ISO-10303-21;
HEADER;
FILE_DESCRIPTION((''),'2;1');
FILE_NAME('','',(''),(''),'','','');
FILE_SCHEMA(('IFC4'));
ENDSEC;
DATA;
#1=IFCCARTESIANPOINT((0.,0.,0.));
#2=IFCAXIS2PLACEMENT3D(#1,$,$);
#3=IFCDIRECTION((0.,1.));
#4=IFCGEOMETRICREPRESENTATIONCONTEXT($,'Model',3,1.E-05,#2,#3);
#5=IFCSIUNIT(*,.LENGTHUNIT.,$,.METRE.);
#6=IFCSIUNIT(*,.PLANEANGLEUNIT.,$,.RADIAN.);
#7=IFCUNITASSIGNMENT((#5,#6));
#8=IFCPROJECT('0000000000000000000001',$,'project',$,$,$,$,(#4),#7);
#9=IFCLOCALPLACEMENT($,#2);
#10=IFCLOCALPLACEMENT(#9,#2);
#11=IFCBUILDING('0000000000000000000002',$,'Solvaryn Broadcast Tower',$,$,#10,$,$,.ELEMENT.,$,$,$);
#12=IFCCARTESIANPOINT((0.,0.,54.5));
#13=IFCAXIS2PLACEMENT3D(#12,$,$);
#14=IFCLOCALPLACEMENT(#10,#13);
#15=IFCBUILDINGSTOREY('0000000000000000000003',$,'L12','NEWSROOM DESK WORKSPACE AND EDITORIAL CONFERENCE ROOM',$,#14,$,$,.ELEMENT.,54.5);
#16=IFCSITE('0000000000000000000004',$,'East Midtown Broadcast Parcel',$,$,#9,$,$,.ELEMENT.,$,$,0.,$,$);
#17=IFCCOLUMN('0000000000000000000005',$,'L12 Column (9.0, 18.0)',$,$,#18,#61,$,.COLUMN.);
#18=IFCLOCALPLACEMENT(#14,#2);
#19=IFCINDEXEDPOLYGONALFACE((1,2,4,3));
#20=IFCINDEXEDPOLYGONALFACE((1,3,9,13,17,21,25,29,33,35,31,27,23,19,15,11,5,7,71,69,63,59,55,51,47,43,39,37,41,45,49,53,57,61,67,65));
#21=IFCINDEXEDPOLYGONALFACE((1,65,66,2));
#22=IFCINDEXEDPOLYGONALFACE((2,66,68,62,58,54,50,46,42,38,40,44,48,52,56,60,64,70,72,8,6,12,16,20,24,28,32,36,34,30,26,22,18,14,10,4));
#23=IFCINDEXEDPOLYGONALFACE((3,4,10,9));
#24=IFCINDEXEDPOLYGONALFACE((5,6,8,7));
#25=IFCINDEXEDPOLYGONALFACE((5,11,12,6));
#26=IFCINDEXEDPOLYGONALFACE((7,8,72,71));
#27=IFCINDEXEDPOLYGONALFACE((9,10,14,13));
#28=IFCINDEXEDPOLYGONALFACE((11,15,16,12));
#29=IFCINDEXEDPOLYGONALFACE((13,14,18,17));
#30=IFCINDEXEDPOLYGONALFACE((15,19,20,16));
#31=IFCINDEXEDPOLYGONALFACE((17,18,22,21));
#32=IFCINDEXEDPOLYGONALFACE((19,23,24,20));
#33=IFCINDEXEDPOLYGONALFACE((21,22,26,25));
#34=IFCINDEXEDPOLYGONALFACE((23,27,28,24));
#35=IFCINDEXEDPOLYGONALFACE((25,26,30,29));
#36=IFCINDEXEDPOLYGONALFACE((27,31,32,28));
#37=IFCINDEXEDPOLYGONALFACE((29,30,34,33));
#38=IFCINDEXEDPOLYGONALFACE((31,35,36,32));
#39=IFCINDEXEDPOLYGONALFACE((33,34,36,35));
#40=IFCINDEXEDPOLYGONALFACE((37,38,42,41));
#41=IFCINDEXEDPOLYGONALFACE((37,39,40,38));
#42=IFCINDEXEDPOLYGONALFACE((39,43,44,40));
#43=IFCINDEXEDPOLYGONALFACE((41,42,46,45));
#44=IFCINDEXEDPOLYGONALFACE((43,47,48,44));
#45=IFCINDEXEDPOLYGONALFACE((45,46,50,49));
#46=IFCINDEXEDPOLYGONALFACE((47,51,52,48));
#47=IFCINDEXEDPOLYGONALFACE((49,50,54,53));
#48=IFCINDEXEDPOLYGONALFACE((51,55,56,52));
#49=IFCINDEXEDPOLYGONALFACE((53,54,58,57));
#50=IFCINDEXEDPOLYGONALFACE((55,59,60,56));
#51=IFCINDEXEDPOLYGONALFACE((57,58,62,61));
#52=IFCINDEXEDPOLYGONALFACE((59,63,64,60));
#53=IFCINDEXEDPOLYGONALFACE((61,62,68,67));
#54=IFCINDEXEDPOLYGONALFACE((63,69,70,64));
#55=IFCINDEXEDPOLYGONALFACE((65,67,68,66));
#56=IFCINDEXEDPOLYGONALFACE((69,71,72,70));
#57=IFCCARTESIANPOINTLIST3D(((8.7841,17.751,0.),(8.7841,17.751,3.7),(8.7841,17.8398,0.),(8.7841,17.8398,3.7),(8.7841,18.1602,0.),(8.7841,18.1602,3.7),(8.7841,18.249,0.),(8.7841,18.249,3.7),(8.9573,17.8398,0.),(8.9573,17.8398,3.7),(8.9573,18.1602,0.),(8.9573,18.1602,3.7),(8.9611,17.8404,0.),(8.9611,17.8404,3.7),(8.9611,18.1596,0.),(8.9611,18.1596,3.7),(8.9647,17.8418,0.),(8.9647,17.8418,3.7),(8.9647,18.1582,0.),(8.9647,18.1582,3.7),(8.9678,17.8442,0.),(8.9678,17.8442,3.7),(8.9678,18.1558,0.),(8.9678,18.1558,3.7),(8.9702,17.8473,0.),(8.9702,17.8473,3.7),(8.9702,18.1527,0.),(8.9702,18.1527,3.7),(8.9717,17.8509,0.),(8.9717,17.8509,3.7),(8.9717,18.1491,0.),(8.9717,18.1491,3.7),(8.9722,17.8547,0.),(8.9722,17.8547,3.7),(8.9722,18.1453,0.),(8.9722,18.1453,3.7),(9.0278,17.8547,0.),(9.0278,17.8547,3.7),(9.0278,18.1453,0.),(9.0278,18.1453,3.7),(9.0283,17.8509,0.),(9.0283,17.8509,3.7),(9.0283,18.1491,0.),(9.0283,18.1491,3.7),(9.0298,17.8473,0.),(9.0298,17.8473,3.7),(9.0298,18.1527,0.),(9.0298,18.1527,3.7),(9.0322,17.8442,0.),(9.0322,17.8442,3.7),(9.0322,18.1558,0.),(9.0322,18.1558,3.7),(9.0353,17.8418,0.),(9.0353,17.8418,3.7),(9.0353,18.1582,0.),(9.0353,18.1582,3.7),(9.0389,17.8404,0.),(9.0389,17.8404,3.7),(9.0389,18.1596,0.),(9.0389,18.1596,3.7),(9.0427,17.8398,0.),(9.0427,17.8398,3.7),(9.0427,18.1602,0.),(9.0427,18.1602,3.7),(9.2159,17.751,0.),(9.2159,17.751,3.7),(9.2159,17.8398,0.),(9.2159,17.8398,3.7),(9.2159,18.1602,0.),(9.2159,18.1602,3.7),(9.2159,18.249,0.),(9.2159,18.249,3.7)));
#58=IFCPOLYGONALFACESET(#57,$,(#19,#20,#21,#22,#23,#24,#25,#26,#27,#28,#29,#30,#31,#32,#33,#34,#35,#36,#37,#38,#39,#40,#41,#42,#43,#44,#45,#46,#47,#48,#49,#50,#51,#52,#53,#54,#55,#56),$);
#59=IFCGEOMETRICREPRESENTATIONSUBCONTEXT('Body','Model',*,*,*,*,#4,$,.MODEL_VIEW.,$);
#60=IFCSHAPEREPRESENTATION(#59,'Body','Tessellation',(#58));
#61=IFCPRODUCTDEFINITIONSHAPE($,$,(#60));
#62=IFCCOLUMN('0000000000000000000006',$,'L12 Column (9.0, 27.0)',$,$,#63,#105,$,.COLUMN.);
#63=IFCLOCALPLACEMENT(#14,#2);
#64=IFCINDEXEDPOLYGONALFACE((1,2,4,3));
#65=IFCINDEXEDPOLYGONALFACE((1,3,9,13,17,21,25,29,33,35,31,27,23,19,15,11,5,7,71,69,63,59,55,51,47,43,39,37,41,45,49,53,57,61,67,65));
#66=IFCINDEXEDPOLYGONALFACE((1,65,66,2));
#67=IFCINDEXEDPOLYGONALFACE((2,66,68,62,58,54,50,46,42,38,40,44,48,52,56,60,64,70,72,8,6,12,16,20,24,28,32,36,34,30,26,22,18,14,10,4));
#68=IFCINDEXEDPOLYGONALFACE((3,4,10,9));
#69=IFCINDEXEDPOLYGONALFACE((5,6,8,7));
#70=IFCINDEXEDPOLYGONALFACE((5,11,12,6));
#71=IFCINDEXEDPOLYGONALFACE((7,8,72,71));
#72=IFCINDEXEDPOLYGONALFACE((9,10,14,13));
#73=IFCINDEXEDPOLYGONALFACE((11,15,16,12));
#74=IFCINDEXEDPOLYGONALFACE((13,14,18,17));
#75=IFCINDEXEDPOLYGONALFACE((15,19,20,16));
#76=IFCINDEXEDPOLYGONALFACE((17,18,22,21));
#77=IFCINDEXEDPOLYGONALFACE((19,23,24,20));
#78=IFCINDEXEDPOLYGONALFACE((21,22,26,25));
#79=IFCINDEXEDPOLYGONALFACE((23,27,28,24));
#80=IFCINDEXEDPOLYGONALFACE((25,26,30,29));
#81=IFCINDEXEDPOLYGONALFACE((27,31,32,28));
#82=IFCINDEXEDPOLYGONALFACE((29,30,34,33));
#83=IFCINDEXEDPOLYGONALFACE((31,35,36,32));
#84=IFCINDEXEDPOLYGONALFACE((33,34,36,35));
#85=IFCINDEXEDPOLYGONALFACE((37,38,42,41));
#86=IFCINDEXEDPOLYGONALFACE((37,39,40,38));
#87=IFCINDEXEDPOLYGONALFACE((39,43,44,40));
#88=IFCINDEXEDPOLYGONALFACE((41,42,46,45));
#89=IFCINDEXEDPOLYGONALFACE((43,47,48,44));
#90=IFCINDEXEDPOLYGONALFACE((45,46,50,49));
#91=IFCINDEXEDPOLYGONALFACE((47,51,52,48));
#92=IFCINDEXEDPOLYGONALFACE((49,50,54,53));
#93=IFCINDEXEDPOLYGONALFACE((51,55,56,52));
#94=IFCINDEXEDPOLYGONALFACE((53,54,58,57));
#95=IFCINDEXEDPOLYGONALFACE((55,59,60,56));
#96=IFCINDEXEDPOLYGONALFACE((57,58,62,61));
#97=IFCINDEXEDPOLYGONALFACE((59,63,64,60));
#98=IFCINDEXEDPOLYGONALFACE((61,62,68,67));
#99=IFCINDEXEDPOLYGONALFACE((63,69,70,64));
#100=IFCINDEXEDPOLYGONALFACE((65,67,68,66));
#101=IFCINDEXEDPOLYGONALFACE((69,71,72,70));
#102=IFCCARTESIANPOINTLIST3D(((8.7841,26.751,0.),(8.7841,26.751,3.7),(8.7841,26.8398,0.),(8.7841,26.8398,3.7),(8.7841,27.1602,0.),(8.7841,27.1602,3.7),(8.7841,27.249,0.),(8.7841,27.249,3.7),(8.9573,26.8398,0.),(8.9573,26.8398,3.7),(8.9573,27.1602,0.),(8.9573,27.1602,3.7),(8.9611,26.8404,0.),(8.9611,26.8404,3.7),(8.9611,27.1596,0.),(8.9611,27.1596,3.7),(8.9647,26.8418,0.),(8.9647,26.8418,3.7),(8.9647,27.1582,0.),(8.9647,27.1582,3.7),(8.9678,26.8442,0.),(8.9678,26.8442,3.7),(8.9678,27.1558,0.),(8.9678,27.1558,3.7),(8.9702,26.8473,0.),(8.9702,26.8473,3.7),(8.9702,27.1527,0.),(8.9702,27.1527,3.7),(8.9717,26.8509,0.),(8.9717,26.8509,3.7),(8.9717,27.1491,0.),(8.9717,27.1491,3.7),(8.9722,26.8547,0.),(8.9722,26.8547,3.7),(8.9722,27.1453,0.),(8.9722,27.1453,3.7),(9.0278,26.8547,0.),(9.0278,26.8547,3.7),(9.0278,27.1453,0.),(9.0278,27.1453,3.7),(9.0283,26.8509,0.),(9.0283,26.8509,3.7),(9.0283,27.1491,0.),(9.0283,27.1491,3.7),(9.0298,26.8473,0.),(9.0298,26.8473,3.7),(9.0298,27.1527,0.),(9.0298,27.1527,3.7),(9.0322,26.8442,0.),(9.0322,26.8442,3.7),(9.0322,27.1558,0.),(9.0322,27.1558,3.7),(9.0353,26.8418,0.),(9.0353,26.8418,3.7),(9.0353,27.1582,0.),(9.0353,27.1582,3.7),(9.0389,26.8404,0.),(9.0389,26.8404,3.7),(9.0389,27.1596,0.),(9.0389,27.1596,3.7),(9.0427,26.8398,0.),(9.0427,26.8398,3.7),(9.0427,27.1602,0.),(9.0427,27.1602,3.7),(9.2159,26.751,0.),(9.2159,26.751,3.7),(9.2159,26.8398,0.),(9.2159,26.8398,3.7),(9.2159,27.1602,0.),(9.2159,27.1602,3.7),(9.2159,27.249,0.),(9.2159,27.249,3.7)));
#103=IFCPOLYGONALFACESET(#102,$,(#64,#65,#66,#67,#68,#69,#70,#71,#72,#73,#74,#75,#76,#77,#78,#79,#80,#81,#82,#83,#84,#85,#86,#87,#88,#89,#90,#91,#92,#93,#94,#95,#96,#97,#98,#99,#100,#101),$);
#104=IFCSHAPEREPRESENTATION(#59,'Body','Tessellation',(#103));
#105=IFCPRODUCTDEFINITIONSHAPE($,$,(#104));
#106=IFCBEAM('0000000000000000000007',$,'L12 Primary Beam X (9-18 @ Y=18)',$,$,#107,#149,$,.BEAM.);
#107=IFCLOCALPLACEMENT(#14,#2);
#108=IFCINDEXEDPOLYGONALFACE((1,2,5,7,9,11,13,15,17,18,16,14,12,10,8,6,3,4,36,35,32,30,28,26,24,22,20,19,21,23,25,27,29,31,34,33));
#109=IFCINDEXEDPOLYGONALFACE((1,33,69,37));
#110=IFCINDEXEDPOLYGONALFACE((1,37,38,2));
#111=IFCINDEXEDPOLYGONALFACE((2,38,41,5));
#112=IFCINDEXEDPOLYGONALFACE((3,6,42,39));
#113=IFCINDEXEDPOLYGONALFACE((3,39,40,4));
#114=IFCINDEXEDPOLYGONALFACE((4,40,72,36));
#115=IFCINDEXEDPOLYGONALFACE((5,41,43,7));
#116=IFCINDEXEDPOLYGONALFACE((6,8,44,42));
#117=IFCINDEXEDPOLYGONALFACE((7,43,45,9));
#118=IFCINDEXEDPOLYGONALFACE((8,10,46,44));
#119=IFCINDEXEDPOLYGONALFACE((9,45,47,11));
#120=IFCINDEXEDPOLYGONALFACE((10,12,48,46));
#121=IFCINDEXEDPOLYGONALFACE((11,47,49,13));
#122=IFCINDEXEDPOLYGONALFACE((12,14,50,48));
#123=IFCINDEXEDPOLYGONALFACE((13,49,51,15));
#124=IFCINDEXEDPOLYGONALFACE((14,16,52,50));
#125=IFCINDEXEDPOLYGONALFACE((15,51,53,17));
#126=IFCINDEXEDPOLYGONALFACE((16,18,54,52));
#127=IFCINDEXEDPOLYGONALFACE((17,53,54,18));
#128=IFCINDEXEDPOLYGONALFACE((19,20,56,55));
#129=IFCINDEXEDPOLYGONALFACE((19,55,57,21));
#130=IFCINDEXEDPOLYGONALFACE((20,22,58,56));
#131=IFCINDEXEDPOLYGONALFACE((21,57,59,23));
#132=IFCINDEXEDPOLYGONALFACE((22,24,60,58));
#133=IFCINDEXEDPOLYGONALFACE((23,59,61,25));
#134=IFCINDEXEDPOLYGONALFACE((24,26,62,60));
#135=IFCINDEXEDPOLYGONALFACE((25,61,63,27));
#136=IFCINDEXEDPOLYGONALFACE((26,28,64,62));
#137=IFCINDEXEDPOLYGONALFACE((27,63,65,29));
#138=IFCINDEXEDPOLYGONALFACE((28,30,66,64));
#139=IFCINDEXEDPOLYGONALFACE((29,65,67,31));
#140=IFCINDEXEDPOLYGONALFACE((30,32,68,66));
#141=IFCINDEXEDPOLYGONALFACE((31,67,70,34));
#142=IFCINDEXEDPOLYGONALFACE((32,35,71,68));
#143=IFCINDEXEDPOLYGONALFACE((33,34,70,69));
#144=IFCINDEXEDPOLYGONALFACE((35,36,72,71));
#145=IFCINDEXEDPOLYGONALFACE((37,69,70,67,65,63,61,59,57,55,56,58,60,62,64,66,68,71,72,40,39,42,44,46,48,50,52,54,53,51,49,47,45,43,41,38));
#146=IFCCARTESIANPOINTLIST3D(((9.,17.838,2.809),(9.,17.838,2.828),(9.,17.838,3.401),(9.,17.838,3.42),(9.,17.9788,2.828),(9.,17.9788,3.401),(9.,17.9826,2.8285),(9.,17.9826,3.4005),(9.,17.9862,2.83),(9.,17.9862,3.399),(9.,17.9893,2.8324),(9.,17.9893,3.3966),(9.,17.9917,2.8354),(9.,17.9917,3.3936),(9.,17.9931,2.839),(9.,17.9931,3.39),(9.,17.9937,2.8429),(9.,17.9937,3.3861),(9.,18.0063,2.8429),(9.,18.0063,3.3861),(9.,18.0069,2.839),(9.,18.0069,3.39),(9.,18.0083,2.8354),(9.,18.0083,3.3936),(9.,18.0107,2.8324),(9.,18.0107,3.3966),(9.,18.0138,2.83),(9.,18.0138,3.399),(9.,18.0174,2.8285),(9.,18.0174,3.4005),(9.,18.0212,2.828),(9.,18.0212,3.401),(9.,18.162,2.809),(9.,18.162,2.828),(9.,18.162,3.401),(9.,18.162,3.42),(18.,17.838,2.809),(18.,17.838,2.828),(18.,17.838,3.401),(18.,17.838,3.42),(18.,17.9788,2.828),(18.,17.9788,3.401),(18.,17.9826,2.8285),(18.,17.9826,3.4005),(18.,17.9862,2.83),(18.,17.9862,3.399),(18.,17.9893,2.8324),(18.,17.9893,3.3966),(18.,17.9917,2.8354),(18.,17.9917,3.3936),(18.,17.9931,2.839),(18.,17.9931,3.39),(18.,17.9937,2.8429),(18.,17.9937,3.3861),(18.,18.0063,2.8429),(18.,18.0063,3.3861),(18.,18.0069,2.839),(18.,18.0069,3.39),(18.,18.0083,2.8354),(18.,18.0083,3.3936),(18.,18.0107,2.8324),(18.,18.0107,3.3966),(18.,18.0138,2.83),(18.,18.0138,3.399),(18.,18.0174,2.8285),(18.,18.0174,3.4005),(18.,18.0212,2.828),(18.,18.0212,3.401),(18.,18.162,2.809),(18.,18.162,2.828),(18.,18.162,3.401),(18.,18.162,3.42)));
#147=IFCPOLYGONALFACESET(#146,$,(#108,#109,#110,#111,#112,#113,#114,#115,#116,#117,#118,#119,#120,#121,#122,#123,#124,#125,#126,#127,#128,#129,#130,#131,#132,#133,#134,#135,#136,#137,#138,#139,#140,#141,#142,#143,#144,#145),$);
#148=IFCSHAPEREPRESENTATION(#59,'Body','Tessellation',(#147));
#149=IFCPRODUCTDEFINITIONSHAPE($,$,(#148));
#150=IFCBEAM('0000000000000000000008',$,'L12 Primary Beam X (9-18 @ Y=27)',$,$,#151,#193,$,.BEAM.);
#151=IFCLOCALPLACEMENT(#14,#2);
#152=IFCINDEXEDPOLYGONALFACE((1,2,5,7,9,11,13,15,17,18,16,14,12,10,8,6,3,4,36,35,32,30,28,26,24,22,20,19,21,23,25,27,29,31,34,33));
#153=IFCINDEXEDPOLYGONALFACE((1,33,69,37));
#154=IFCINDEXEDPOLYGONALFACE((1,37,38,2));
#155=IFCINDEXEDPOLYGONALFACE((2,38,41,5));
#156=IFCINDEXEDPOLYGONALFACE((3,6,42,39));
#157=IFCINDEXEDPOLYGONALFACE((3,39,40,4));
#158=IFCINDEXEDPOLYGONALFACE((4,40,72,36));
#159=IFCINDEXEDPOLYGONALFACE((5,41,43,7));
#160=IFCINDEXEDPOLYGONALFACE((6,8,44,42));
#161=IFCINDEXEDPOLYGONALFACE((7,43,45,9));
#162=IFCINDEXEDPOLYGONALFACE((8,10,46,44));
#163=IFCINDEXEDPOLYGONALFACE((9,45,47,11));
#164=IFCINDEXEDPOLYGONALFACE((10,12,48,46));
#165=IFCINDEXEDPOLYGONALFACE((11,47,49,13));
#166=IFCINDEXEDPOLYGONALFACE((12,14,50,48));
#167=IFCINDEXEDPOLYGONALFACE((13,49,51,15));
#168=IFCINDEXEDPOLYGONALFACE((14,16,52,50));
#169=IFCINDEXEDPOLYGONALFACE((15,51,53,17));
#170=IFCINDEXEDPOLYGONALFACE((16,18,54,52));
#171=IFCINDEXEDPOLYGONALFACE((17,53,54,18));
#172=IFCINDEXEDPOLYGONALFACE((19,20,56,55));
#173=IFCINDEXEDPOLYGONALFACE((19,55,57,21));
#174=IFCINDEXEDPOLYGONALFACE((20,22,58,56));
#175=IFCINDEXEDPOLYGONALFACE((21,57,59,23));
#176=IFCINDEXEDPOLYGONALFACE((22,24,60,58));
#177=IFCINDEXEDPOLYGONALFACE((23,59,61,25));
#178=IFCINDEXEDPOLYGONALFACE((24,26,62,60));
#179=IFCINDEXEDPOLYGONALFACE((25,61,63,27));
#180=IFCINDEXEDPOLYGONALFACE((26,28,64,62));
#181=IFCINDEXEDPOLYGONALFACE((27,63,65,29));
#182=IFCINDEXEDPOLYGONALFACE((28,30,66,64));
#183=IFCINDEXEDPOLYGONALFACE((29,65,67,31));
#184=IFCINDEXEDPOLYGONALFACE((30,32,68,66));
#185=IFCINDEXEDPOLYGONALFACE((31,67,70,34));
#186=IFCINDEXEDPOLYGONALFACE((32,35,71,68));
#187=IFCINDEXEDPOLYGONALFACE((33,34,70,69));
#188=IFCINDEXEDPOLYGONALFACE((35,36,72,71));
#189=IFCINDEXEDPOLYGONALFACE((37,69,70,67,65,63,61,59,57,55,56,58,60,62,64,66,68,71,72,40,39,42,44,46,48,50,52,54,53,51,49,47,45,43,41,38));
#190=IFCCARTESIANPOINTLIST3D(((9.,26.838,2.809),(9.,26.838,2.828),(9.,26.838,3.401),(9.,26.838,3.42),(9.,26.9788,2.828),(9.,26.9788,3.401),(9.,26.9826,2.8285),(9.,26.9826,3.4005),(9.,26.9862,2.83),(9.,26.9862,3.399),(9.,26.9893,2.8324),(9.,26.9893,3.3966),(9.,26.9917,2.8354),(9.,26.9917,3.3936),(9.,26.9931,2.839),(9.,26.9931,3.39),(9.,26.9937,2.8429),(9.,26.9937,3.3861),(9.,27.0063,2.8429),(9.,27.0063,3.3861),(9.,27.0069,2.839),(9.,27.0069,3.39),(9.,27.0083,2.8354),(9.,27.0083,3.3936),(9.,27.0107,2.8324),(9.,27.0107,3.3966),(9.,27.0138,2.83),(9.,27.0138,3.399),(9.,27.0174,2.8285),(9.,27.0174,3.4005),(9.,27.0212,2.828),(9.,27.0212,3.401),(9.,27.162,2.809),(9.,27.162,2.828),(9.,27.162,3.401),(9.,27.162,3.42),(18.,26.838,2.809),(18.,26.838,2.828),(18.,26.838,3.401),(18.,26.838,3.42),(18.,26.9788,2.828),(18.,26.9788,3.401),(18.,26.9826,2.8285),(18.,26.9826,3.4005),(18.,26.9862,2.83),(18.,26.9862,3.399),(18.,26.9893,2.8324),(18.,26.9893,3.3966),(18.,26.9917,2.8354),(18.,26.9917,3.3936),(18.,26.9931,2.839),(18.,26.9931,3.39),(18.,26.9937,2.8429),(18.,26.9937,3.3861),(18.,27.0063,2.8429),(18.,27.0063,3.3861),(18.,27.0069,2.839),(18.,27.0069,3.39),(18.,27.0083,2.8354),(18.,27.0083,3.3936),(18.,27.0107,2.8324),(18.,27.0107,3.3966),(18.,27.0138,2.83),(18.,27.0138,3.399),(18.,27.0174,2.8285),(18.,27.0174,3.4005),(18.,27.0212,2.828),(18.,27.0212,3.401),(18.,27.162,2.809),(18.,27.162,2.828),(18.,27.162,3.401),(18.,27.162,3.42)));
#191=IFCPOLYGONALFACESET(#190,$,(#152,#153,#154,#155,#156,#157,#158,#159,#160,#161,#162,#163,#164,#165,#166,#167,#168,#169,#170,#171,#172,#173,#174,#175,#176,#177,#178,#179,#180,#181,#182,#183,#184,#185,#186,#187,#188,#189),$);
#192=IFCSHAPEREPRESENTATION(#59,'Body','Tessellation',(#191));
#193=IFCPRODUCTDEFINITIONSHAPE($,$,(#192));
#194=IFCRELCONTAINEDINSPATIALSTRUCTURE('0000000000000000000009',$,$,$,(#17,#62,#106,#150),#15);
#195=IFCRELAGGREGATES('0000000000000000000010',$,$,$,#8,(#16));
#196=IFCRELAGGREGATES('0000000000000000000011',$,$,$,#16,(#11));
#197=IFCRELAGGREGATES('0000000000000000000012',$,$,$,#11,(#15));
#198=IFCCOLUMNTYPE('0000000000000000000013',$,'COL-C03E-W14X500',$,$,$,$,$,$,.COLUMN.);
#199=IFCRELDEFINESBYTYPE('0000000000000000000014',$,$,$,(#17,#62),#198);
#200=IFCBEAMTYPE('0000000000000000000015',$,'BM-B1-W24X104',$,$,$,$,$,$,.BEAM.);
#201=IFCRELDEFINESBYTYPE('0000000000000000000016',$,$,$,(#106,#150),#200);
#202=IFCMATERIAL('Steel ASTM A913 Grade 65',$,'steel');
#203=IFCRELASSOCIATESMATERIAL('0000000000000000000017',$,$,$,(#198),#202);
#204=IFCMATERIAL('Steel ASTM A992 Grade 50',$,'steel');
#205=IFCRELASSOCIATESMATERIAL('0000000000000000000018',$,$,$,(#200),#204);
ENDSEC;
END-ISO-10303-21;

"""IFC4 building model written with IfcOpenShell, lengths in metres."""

from ifc_helpers import new_model, si_unit, direction, frame, origin, origin_2d, place, context, subcontext, project, spatial, i_section, extrude, material, material_profile, profile_set, type_object, element, save


model = new_model("IFC4")

# Units and contexts
model_context = context("Model", 3, precision=1e-05, world=origin(), true_north=direction((0.0, 1.0)))
body_context = subcontext(model_context, "Body", "Model", "MODEL_VIEW")
ifc_project = project(units=[si_unit("LENGTHUNIT", "METRE"), si_unit("PLANEANGLEUNIT", "RADIAN")], contexts=[model_context])

# Site, building, storey
site_placement = place(None, origin())
site = spatial("IfcSite", under=ifc_project, at=site_placement, Name="East Midtown Broadcast Parcel", CompositionType="ELEMENT", RefElevation=0.0)
building_placement = place(site_placement, origin())
building = spatial("IfcBuilding", under=site, at=building_placement, Name="Solvaryn Broadcast Tower", CompositionType="ELEMENT")
storey_placement = place(building_placement, frame((0.0, 0.0, 54.5)))
storey = spatial("IfcBuildingStorey", under=building, at=storey_placement, Name="L12", Description="NEWSROOM DESK WORKSPACE AND EDITORIAL CONFERENCE ROOM", CompositionType="ELEMENT", Elevation=54.5)

# Columns
ifc_material_1 = material(Name="Steel ASTM A913 Grade 65", Category="steel")
ifc_material_profile_1 = material_profile(ifc_material_1, i_section(OverallWidth=0.4319, OverallDepth=0.498, WebThickness=0.0557, FlangeThickness=0.0889, FilletRadius=0.0149, at=origin_2d()))
ifc_profile_set_1 = profile_set([ifc_material_profile_1], Name="Steel ASTM A913 Grade 65")
column_type = type_object("IfcColumnType", Name="COL-C03E-W14X500", PredefinedType="COLUMN", material=ifc_profile_set_1)
for number, where, z_axis, x_axis, name in (
    (1, (9.0, 18.0, 0.0), (0.0, 0.0, 1.0), (1.0, 0.0, 0.0), "L12 Column (9.0, 18.0)"),
    (2, (9.0, 27.0, 0.0), (0.0, 0.0, 1.0), (1.0, 0.0, 0.0), "L12 Column (9.0, 27.0)"),
):
    element("IfcColumn", number, at=place(storey_placement, frame(where, z_axis=z_axis, x_axis=x_axis)), inside=storey, type_object=column_type, Name=name, PredefinedType="COLUMN", context=body_context, shape_type="SweptSolid", body=[
        extrude(i_section(OverallWidth=0.4319, OverallDepth=0.498, WebThickness=0.0557, FlangeThickness=0.0889, FilletRadius=0.0149, at=origin_2d()), origin(), (0.0, 0.0, 1.0), 3.7),
    ])

# Beams
ifc_material_2 = material(Name="Steel ASTM A992 Grade 50", Category="steel")
ifc_material_profile_2 = material_profile(ifc_material_2, i_section(OverallWidth=0.324, OverallDepth=0.6111, WebThickness=0.0127, FlangeThickness=0.019, FilletRadius=0.0149, at=origin_2d()))
ifc_profile_set_2 = profile_set([ifc_material_profile_2], Name="Steel ASTM A992 Grade 50")
beam_type_1 = type_object("IfcBeamType", Name="BM-B1-W24X104", PredefinedType="BEAM", material=ifc_profile_set_2)
for number, where, z_axis, x_axis, name in (
    (3, (9.0, 18.0, 3.1145), (1.0, 0.0, 0.0), (0.0, 1.0, 0.0), "L12 Primary Beam X (9-18 @ Y=18)"),
    (4, (9.0, 27.0, 3.1145), (1.0, 0.0, 0.0), (0.0, 1.0, 0.0), "L12 Primary Beam X (9-18 @ Y=27)"),
):
    element("IfcBeam", number, at=place(storey_placement, frame(where, z_axis=z_axis, x_axis=x_axis)), inside=storey, type_object=beam_type_1, Name=name, PredefinedType="BEAM", context=body_context, shape_type="SweptSolid", body=[
        extrude(i_section(OverallWidth=0.324, OverallDepth=0.6111, WebThickness=0.0127, FlangeThickness=0.019, FilletRadius=0.0149, at=origin_2d()), origin(), (0.0, 0.0, 1.0), 9.0),
    ])

save(model, "model.ifc")
